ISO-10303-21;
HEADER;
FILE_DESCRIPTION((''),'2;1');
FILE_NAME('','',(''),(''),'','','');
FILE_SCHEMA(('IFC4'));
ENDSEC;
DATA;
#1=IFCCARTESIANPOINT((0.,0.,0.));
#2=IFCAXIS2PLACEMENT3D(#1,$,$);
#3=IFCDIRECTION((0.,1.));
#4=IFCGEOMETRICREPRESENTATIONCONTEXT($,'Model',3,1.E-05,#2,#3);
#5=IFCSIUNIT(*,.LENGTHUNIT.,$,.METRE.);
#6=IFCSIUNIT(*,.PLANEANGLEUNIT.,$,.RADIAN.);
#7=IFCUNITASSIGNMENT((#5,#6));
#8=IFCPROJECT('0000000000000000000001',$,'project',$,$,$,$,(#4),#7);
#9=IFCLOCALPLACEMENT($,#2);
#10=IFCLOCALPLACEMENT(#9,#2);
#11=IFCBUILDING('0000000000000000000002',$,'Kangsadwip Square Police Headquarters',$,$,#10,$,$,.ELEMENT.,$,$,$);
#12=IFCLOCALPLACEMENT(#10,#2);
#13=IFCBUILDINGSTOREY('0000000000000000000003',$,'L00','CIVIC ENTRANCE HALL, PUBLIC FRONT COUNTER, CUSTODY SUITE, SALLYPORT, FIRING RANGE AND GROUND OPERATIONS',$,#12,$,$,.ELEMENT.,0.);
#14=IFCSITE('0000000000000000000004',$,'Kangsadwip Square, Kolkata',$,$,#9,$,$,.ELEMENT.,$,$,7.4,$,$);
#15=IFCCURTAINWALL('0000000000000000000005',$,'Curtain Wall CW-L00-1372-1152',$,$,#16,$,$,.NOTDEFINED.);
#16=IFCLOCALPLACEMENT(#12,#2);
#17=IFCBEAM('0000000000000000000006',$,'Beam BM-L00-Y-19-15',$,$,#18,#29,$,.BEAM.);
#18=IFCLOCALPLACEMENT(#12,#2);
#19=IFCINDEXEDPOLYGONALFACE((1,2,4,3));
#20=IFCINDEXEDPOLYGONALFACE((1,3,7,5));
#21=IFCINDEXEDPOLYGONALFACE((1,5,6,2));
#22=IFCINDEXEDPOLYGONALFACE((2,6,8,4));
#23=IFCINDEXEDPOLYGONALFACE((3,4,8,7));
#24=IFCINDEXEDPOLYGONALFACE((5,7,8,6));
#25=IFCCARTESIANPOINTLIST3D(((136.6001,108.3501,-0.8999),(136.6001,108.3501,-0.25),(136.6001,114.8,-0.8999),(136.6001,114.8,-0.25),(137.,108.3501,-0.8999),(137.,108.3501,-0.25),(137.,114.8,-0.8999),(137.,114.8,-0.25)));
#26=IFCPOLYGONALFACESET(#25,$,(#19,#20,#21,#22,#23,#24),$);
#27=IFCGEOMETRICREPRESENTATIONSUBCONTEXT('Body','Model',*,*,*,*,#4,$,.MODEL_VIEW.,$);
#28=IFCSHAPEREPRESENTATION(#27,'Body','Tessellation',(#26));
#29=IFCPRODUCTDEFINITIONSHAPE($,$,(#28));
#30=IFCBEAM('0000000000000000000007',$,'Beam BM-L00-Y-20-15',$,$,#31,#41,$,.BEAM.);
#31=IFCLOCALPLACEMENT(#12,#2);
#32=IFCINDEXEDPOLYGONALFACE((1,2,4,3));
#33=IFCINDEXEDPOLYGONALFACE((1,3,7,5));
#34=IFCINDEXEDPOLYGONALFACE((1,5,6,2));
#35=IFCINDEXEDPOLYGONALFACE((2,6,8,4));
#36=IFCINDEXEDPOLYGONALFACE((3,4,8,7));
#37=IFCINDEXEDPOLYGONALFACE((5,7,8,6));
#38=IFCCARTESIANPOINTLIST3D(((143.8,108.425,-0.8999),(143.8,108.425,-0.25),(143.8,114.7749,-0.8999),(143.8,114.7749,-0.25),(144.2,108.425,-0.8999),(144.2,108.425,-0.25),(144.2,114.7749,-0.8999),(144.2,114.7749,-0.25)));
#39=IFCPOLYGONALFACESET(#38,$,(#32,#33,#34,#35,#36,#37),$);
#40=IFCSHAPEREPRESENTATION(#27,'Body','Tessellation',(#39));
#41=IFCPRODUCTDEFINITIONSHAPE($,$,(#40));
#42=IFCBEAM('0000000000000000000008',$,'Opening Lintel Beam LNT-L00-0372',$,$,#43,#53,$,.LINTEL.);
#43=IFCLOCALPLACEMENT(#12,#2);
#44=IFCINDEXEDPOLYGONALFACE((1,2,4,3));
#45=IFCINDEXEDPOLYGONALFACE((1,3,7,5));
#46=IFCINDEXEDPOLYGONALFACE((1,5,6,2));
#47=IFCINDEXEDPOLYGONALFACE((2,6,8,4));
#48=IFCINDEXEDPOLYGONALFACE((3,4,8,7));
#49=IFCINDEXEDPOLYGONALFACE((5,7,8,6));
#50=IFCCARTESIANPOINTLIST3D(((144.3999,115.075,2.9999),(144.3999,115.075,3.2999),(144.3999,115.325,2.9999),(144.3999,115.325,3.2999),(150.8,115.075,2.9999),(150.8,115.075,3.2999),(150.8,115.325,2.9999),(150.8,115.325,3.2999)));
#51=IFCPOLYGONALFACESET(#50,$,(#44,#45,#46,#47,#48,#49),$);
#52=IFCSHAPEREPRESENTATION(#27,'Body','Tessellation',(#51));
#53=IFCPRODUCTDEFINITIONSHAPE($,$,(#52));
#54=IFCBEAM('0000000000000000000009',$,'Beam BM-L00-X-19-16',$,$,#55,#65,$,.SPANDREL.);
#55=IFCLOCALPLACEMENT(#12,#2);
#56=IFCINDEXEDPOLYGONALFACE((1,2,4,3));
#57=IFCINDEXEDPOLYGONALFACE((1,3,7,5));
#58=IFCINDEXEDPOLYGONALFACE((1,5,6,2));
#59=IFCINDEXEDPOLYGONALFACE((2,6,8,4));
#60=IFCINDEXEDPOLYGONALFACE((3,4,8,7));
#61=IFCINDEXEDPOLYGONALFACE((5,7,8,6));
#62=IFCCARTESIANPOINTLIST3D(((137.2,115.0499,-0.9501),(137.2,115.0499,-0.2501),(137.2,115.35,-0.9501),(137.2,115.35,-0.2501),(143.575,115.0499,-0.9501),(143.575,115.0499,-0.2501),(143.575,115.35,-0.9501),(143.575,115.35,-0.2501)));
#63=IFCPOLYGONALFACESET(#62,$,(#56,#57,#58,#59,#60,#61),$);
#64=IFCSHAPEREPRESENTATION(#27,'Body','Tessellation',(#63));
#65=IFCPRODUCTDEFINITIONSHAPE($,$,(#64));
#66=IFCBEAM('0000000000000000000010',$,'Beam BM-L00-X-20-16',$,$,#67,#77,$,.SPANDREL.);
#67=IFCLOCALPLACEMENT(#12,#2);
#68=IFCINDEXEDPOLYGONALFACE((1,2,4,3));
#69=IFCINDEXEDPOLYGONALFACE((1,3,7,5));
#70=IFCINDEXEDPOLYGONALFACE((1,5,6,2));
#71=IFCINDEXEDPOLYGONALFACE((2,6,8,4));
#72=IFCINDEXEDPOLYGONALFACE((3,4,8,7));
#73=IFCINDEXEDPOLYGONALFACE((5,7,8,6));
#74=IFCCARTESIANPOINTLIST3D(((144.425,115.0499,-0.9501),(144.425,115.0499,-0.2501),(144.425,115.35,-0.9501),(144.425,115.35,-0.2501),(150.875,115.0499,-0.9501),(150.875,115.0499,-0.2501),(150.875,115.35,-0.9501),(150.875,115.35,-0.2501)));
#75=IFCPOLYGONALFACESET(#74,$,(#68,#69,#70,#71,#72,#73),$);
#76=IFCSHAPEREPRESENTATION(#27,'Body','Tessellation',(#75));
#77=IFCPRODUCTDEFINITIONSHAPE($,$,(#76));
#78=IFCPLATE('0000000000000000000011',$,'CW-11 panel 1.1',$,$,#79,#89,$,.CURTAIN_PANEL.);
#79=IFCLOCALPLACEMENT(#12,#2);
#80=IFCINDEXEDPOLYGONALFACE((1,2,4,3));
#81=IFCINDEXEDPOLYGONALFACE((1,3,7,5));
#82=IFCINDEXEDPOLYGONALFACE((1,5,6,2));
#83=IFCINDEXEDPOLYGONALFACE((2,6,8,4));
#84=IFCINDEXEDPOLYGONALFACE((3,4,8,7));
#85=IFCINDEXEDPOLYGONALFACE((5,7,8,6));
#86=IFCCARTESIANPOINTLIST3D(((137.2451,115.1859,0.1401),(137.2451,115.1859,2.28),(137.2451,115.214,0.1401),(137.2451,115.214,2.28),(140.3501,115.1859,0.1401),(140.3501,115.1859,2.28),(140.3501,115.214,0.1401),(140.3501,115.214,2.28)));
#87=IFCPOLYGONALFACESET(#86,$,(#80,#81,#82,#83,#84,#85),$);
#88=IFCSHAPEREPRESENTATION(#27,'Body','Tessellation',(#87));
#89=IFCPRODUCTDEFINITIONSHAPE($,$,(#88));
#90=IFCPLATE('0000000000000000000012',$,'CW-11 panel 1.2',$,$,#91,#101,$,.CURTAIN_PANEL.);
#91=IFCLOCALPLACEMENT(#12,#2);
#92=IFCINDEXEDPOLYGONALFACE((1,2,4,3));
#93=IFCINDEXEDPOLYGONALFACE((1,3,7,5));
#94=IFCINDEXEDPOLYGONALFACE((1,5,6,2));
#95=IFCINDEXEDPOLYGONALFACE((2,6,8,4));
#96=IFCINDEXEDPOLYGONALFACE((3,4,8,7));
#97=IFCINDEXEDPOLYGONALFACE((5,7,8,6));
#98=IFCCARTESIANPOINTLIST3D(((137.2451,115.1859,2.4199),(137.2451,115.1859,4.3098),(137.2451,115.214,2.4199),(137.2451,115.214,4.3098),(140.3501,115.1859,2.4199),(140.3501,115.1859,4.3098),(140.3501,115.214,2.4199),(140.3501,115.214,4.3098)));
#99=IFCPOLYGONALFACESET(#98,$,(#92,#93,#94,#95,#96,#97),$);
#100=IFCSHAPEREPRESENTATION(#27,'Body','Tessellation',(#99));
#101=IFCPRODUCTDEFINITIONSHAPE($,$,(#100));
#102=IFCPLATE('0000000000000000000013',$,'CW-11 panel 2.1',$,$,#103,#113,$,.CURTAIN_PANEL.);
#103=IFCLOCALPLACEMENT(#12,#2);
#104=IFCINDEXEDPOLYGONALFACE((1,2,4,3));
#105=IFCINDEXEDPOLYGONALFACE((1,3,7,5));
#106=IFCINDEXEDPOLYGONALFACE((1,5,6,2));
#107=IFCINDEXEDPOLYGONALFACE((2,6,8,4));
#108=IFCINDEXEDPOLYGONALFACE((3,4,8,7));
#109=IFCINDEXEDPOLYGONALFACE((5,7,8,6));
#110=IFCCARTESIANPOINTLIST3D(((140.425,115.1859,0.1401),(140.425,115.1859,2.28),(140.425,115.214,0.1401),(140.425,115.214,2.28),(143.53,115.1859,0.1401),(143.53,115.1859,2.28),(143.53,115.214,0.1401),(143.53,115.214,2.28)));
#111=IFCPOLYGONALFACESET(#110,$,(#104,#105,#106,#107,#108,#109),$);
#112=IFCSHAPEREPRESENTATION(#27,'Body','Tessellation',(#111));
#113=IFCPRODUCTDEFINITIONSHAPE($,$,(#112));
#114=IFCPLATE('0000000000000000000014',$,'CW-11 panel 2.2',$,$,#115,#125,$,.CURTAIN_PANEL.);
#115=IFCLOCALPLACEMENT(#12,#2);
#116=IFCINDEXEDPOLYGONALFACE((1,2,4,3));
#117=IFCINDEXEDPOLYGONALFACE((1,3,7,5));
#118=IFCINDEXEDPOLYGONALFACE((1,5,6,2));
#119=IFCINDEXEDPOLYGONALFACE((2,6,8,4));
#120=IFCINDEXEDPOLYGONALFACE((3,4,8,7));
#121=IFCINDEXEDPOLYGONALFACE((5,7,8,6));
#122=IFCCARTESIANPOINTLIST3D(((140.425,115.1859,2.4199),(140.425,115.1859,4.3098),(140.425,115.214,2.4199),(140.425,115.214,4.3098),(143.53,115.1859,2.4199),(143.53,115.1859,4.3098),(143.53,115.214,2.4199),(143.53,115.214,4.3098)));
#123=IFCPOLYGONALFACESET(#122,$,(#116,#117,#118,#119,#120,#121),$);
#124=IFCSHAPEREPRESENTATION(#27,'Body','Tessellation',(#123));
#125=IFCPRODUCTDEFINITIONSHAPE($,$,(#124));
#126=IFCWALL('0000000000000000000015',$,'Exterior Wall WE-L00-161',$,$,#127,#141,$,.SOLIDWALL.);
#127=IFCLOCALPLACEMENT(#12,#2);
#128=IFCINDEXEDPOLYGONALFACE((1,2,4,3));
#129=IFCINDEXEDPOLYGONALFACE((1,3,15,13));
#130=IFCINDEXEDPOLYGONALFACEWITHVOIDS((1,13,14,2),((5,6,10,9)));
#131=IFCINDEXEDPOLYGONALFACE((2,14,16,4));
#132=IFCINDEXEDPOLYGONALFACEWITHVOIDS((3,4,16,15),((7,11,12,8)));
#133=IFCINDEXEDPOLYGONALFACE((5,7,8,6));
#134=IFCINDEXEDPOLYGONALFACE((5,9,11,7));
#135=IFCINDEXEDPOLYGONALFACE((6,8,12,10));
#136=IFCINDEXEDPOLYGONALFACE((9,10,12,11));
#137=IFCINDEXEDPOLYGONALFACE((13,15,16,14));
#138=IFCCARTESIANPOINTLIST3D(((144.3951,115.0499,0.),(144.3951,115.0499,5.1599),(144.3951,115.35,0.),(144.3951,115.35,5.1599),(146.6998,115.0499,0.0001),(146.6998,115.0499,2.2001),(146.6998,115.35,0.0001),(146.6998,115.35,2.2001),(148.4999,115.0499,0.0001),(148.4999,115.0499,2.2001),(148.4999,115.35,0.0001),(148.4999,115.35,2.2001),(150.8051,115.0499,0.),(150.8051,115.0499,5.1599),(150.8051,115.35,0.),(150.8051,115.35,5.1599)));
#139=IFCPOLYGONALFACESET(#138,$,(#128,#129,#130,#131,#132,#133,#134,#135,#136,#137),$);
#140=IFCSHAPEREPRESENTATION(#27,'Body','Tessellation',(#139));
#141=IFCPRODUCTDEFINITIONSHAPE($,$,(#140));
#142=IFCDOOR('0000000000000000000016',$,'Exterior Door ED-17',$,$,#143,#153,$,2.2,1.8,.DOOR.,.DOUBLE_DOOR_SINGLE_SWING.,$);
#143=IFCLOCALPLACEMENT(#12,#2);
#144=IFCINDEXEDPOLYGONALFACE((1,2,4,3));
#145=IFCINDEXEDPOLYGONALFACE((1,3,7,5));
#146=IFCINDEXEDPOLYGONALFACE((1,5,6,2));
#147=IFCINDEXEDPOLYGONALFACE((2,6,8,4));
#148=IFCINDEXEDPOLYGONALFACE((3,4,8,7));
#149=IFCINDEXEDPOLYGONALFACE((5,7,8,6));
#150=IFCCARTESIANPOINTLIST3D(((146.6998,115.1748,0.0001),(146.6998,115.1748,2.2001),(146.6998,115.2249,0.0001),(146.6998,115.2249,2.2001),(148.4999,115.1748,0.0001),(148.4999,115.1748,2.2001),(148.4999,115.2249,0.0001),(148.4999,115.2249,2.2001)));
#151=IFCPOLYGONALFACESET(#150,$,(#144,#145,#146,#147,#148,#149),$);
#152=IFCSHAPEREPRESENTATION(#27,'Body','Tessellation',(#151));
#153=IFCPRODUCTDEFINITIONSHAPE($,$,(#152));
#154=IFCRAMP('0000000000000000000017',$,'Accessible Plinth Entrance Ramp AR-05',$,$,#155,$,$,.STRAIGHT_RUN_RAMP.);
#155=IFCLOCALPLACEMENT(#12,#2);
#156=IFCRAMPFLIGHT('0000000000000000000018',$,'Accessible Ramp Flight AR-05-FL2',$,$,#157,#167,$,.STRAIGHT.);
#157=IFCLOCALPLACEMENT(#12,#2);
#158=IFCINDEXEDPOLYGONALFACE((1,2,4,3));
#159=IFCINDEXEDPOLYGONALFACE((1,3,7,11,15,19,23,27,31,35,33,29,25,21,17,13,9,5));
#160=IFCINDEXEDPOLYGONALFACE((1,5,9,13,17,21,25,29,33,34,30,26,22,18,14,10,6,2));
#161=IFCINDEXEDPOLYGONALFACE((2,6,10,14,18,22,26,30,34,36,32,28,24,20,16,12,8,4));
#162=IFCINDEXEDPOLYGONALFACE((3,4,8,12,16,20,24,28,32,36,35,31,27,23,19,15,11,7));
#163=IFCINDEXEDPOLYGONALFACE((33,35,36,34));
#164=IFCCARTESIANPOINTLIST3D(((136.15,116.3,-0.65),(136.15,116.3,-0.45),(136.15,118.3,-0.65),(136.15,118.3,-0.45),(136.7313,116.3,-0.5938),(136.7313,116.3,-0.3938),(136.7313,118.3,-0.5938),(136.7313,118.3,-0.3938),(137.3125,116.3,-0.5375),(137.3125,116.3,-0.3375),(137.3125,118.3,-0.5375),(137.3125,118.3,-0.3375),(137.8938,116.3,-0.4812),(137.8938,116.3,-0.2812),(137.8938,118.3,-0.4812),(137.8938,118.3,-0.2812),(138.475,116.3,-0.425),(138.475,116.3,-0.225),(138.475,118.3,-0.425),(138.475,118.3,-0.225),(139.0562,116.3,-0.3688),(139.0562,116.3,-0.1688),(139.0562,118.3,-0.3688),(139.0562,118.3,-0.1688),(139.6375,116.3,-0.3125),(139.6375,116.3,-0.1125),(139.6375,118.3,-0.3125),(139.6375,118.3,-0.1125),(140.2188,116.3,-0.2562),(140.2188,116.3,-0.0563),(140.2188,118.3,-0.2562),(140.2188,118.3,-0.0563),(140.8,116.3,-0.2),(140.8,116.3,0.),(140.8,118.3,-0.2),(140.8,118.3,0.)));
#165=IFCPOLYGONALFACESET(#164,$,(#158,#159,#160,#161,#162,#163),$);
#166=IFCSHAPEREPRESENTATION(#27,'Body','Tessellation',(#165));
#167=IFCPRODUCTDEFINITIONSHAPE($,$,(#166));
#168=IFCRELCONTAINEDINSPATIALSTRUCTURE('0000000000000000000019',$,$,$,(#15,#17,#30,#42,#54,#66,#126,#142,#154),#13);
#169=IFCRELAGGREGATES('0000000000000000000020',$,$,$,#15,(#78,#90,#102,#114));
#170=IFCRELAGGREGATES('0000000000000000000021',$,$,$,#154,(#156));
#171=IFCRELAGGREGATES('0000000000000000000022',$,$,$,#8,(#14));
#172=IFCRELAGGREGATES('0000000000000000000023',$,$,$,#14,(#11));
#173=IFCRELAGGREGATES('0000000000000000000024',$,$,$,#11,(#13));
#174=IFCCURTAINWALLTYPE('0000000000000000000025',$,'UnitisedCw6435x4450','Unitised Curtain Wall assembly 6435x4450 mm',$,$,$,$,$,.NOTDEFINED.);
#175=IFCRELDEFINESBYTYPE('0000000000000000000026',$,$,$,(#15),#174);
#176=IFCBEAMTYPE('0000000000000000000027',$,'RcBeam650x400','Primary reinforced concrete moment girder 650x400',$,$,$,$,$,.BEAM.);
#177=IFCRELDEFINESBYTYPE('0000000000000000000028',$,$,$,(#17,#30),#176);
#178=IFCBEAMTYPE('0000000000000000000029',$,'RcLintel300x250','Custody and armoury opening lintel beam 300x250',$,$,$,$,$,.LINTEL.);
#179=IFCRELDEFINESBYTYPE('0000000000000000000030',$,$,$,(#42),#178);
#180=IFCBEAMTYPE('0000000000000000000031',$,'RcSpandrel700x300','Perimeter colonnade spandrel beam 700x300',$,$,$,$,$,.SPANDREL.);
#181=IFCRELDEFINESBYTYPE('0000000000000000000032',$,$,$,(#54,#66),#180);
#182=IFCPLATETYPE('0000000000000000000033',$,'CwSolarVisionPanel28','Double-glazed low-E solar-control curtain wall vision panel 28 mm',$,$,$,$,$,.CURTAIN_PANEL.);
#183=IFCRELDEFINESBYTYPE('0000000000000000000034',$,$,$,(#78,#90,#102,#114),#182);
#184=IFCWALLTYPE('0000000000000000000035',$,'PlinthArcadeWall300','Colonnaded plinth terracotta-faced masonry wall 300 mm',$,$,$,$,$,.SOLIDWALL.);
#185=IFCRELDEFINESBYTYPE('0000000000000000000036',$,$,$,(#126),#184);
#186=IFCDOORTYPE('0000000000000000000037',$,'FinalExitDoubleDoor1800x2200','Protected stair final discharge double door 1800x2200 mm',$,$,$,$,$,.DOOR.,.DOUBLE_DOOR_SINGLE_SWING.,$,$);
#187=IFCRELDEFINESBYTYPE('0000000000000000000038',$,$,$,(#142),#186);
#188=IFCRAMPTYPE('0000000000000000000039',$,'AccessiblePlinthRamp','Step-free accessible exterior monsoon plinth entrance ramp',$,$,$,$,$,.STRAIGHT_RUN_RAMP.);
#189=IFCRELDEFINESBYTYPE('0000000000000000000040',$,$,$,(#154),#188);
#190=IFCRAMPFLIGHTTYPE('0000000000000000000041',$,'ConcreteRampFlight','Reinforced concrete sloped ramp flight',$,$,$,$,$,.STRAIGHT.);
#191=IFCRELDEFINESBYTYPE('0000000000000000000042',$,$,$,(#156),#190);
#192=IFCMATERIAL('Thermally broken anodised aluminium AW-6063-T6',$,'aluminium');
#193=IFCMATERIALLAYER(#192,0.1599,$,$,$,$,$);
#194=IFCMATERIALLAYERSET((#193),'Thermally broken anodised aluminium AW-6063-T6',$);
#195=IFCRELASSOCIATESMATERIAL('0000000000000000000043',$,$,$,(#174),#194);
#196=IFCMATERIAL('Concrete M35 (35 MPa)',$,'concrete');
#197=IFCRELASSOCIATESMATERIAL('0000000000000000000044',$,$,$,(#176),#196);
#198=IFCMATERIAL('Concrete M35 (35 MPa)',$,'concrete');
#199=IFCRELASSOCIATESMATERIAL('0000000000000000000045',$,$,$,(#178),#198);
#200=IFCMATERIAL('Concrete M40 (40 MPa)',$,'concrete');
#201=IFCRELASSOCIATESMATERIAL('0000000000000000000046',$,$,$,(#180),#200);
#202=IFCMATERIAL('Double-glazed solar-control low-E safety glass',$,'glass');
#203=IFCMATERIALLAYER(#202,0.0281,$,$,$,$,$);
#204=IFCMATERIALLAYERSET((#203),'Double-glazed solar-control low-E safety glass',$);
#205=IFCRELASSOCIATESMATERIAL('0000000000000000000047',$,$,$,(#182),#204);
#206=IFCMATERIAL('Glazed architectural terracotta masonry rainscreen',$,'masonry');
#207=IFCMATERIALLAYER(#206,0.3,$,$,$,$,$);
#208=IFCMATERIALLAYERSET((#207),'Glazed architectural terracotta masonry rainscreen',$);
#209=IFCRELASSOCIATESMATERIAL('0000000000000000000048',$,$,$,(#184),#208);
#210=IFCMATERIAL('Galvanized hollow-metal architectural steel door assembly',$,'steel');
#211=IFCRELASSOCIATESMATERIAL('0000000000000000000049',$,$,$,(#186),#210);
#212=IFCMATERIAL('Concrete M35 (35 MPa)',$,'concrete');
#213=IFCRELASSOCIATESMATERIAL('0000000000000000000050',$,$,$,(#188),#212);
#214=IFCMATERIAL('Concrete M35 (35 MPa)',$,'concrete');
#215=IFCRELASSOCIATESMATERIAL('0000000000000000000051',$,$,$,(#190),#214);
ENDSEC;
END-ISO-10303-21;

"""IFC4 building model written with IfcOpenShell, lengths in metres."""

from ifc_helpers import new_model, si_unit, direction, frame, frame_2d, origin, origin_2d, place, context, subcontext, project, spatial, polyline, rectangle, outline, extrude, material, layer, layer_set, material_profile, profile_set, type_object, element, fill, aggregate, save


model = new_model("IFC4")

# Units and contexts
model_context = context("Model", 3, precision=1e-05, world=origin(), true_north=direction((0.0, 1.0)))
body_context = subcontext(model_context, "Body", "Model", "MODEL_VIEW")
ifc_project = project(units=[si_unit("LENGTHUNIT", "METRE"), si_unit("PLANEANGLEUNIT", "RADIAN")], contexts=[model_context])

# Site, building, storey
site_placement = place(None, origin())
site = spatial("IfcSite", under=ifc_project, at=site_placement, Name="Kangsadwip Square, Kolkata", CompositionType="ELEMENT", RefElevation=7.4)
building_placement = place(site_placement, origin())
building = spatial("IfcBuilding", under=site, at=building_placement, Name="Kangsadwip Square Police Headquarters", CompositionType="ELEMENT")
storey_placement = place(building_placement, origin())
storey = spatial("IfcBuildingStorey", under=building, at=storey_placement, Name="L00", Description="CIVIC ENTRANCE HALL, PUBLIC FRONT COUNTER, CUSTODY SUITE, SALLYPORT, FIRING RANGE AND GROUND OPERATIONS", CompositionType="ELEMENT", Elevation=0.0)

# Curtain wall
ifc_material_1 = material(Name="Thermally broken anodised aluminium AW-6063-T6", Category="aluminium")
ifc_layer_1 = layer(ifc_material_1, 0.1599)
ifc_layer_set_1 = layer_set([ifc_layer_1], Name="Thermally broken anodised aluminium AW-6063-T6")
curtain_wall_type = type_object("IfcCurtainWallType", Name="UnitisedCw6435x4450", Description="Unitised Curtain Wall assembly 6435x4450 mm", PredefinedType="NOTDEFINED", material=ifc_layer_set_1)
curtain_wall_placement = place(storey_placement, origin())
curtain_wall = element("IfcCurtainWall", 1, at=curtain_wall_placement, inside=storey, type_object=curtain_wall_type, Name="Curtain Wall CW-L00-1372-1152", PredefinedType="NOTDEFINED")

# Beams
ifc_material_2 = material(Name="Concrete M35 (35 MPa)", Category="concrete")
ifc_material_profile_1 = material_profile(ifc_material_2, rectangle(XDim=0.3999, YDim=0.6499, at=origin_2d()), Name="RC BM 650X400")
ifc_profile_set_1 = profile_set([ifc_material_profile_1], Name="Concrete M35 (35 MPa)")
beam_type_1 = type_object("IfcBeamType", Name="RcBeam650x400", Description="Primary reinforced concrete moment girder 650x400", PredefinedType="BEAM", material=ifc_profile_set_1)
beam_1_placement = place(storey_placement, frame((136.8, 108.3501, -0.575), z_axis=(0.0, 1.0, 0.0), x_axis=(-1.0, 0.0, 0.0)))
element("IfcBeam", 2, at=beam_1_placement, inside=storey, type_object=beam_type_1, Name="Beam BM-L00-Y-19-15", PredefinedType="BEAM", context=body_context, shape_type="SweptSolid", body=[
    extrude(rectangle(XDim=0.3999, YDim=0.6499, at=origin_2d()), origin(), (0.0, 0.0, 1.0), 6.45),
])
beam_2_placement = place(storey_placement, frame((144.0, 108.425, -0.575), z_axis=(0.0, 1.0, 0.0), x_axis=(-1.0, 0.0, 0.0)))
element("IfcBeam", 3, at=beam_2_placement, inside=storey, type_object=beam_type_1, Name="Beam BM-L00-Y-20-15", PredefinedType="BEAM", context=body_context, shape_type="SweptSolid", body=[
    extrude(rectangle(XDim=0.3999, YDim=0.6499, at=origin_2d()), origin(), (0.0, 0.0, 1.0), 6.3499),
])
ifc_material_3 = material(Name="Concrete M35 (35 MPa)", Category="concrete")
ifc_material_profile_2 = material_profile(ifc_material_3, rectangle(XDim=0.25, YDim=0.3, at=origin_2d()), Name="RC LNT 300X250")
ifc_profile_set_2 = profile_set([ifc_material_profile_2], Name="Concrete M35 (35 MPa)")
beam_type_2 = type_object("IfcBeamType", Name="RcLintel300x250", Description="Custody and armoury opening lintel beam 300x250", PredefinedType="LINTEL", material=ifc_profile_set_2)
beam_3_placement = place(storey_placement, frame((144.3999, 115.2, 3.1499), z_axis=(1.0, 0.0, 0.0), x_axis=(0.0, 1.0, 0.0)))
element("IfcBeam", 4, at=beam_3_placement, inside=storey, type_object=beam_type_2, Name="Opening Lintel Beam LNT-L00-0372", PredefinedType="LINTEL", context=body_context, shape_type="SweptSolid", body=[
    extrude(rectangle(XDim=0.25, YDim=0.3, at=origin_2d()), origin(), (0.0, 0.0, 1.0), 6.4001),
])
ifc_material_4 = material(Name="Concrete M40 (40 MPa)", Category="concrete")
ifc_material_profile_3 = material_profile(ifc_material_4, rectangle(XDim=0.3, YDim=0.7, at=origin_2d()), Name="RC SPN 700X300")
ifc_profile_set_3 = profile_set([ifc_material_profile_3], Name="Concrete M40 (40 MPa)")
beam_type_3 = type_object("IfcBeamType", Name="RcSpandrel700x300", Description="Perimeter colonnade spandrel beam 700x300", PredefinedType="SPANDREL", material=ifc_profile_set_3)
beam_4_placement = place(storey_placement, frame((137.2, 115.2, -0.6001), z_axis=(1.0, 0.0, 0.0), x_axis=(0.0, 1.0, 0.0)))
element("IfcBeam", 5, at=beam_4_placement, inside=storey, type_object=beam_type_3, Name="Beam BM-L00-X-19-16", PredefinedType="SPANDREL", context=body_context, shape_type="SweptSolid", body=[
    extrude(rectangle(XDim=0.3, YDim=0.7, at=origin_2d()), origin(), (0.0, 0.0, 1.0), 6.375),
])
beam_5_placement = place(storey_placement, frame((144.425, 115.2, -0.6001), z_axis=(1.0, 0.0, 0.0), x_axis=(0.0, 1.0, 0.0)))
element("IfcBeam", 6, at=beam_5_placement, inside=storey, type_object=beam_type_3, Name="Beam BM-L00-X-20-16", PredefinedType="SPANDREL", context=body_context, shape_type="SweptSolid", body=[
    extrude(rectangle(XDim=0.3, YDim=0.7, at=origin_2d()), origin(), (0.0, 0.0, 1.0), 6.45),
])

# Plates
ifc_material_5 = material(Name="Double-glazed solar-control low-E safety glass", Category="glass")
ifc_layer_2 = layer(ifc_material_5, 0.0281)
ifc_layer_set_2 = layer_set([ifc_layer_2], Name="Double-glazed solar-control low-E safety glass")
plate_type = type_object("IfcPlateType", Name="CwSolarVisionPanel28", Description="Double-glazed low-E solar-control curtain wall vision panel 28 mm", PredefinedType="CURTAIN_PANEL", material=ifc_layer_set_2)
plate_1_placement = place(storey_placement, frame((138.7976, 115.2, 0.1401), z_axis=(0.0, 0.0, 1.0), x_axis=(1.0, 0.0, 0.0)))
plate_1 = element("IfcPlate", 7, at=plate_1_placement, type_object=plate_type, Name="CW-11 panel 1.1", PredefinedType="CURTAIN_PANEL", context=body_context, shape_type="SweptSolid", body=[
    extrude(rectangle(XDim=3.105, YDim=0.0281, at=origin_2d()), origin(), (0.0, 0.0, 1.0), 2.1399),
])
plate_2_placement = place(storey_placement, frame((138.7976, 115.2, 2.4199), z_axis=(0.0, 0.0, 1.0), x_axis=(1.0, 0.0, 0.0)))
plate_2 = element("IfcPlate", 8, at=plate_2_placement, type_object=plate_type, Name="CW-11 panel 1.2", PredefinedType="CURTAIN_PANEL", context=body_context, shape_type="SweptSolid", body=[
    extrude(rectangle(XDim=3.105, YDim=0.0281, at=origin_2d()), origin(), (0.0, 0.0, 1.0), 1.8899),
])
plate_3_placement = place(storey_placement, frame((141.9775, 115.2, 0.1401), z_axis=(0.0, 0.0, 1.0), x_axis=(1.0, 0.0, 0.0)))
plate_3 = element("IfcPlate", 9, at=plate_3_placement, type_object=plate_type, Name="CW-11 panel 2.1", PredefinedType="CURTAIN_PANEL", context=body_context, shape_type="SweptSolid", body=[
    extrude(rectangle(XDim=3.105, YDim=0.0281, at=origin_2d()), origin(), (0.0, 0.0, 1.0), 2.1399),
])
plate_4_placement = place(storey_placement, frame((141.9775, 115.2, 2.4199), z_axis=(0.0, 0.0, 1.0), x_axis=(1.0, 0.0, 0.0)))
plate_4 = element("IfcPlate", 10, at=plate_4_placement, type_object=plate_type, Name="CW-11 panel 2.2", PredefinedType="CURTAIN_PANEL", context=body_context, shape_type="SweptSolid", body=[
    extrude(rectangle(XDim=3.105, YDim=0.0281, at=origin_2d()), origin(), (0.0, 0.0, 1.0), 1.8899),
])
aggregate(curtain_wall, [plate_1, plate_2, plate_3, plate_4])

# Wall, opening, door
ifc_material_6 = material(Name="Glazed architectural terracotta masonry rainscreen", Category="masonry")
ifc_layer_3 = layer(ifc_material_6, 0.3)
ifc_layer_set_3 = layer_set([ifc_layer_3], Name="Glazed architectural terracotta masonry rainscreen")
wall_type = type_object("IfcWallType", Name="PlinthArcadeWall300", Description="Colonnaded plinth terracotta-faced masonry wall 300 mm", PredefinedType="SOLIDWALL", material=ifc_layer_set_3)
wall_placement = place(storey_placement, frame((144.395, 115.2, 0.0), z_axis=(0.0, 0.0, 1.0), x_axis=(1.0, 0.0, 0.0)))
wall = element("IfcWall", 11, at=wall_placement, inside=storey, type_object=wall_type, Name="Exterior Wall WE-L00-161", PredefinedType="SOLIDWALL", context=body_context, shape_type="SweptSolid", body=[
    extrude(rectangle(XDim=6.4099, YDim=0.3, at=frame_2d((3.2051, 0.0))), origin(), (0.0, 0.0, 1.0), 5.1599),
])
opening_placement = place(wall_placement, frame((2.3049, 0.0, 0.0)))
opening = element("IfcOpeningElement", 12, at=opening_placement, cuts=wall, PredefinedType="OPENING", context=body_context, shape_type="SweptSolid", body=[
    extrude(rectangle(XDim=1.8, YDim=2.2, at=frame_2d((0.8999, 1.1001))), frame((0.0, 0.1599, 0.0), z_axis=(0.0, -1.0, 0.0), x_axis=(1.0, 0.0, 0.0)), (0.0, 0.0, 1.0), 0.3201),
])
ifc_material_7 = material(Name="Galvanized hollow-metal architectural steel door assembly", Category="steel")
door_type = type_object("IfcDoorType", Name="FinalExitDoubleDoor1800x2200", Description="Protected stair final discharge double door 1800x2200 mm", OperationType="DOUBLE_DOOR_SINGLE_SWING", PredefinedType="DOOR", material=ifc_material_7)
door_placement = place(opening_placement, origin())
door = element("IfcDoor", 13, at=door_placement, inside=storey, type_object=door_type, Name="Exterior Door ED-17", OperationType="DOUBLE_DOOR_SINGLE_SWING", OverallHeight=2.2, OverallWidth=1.8, PredefinedType="DOOR", context=body_context, shape_type="SweptSolid", body=[
    extrude(rectangle(XDim=1.8, YDim=2.2, at=frame_2d((0.8999, 1.1001))), frame((0.0, 0.0249, 0.0), z_axis=(0.0, -1.0, 0.0), x_axis=(1.0, 0.0, 0.0)), (0.0, 0.0, 1.0), 0.05),
])
fill(opening, door)

# Ramp, ramp flight
ifc_material_8 = material(Name="Concrete M35 (35 MPa)", Category="concrete")
ramp_type = type_object("IfcRampType", Name="AccessiblePlinthRamp", Description="Step-free accessible exterior monsoon plinth entrance ramp", PredefinedType="STRAIGHT_RUN_RAMP", material=ifc_material_8)
ramp_placement = place(storey_placement, origin())
ramp = element("IfcRamp", 14, at=ramp_placement, inside=storey, type_object=ramp_type, Name="Accessible Plinth Entrance Ramp AR-05", PredefinedType="STRAIGHT_RUN_RAMP")
ifc_material_9 = material(Name="Concrete M35 (35 MPa)", Category="concrete")
ramp_flight_type = type_object("IfcRampFlightType", Name="ConcreteRampFlight", Description="Reinforced concrete sloped ramp flight", PredefinedType="STRAIGHT", material=ifc_material_9)
ramp_flight_placement = place(storey_placement, frame((136.15, 118.3, -0.45), z_axis=(0.0, -1.0, 0.0), x_axis=(1.0, 0.0, 0.0)))
ramp_flight = element("IfcRampFlight", 15, at=ramp_flight_placement, type_object=ramp_flight_type, Name="Accessible Ramp Flight AR-05-FL2", PredefinedType="STRAIGHT", context=body_context, shape_type="SweptSolid", body=[
    extrude(outline(polyline([(0.0, 0.0), (0.5813, 0.0563), (1.1625, 0.1125), (1.7437, 0.1688), (2.325, 0.225), (2.9062, 0.2812), (3.4875, 0.3375), (4.0687, 0.3937), (4.65, 0.45), (4.65, 0.25), (4.0687, 0.1938), (3.4875, 0.1375), (2.9062, 0.0813), (2.325, 0.025), (1.7437, -0.0312), (1.1625, -0.0875), (0.5813, -0.1437), (0.0, -0.2), (0.0, 0.0)])), origin(), (0.0, 0.0, 1.0), 2.0),
])
aggregate(ramp, [ramp_flight])

save(model, "model.ifc")
